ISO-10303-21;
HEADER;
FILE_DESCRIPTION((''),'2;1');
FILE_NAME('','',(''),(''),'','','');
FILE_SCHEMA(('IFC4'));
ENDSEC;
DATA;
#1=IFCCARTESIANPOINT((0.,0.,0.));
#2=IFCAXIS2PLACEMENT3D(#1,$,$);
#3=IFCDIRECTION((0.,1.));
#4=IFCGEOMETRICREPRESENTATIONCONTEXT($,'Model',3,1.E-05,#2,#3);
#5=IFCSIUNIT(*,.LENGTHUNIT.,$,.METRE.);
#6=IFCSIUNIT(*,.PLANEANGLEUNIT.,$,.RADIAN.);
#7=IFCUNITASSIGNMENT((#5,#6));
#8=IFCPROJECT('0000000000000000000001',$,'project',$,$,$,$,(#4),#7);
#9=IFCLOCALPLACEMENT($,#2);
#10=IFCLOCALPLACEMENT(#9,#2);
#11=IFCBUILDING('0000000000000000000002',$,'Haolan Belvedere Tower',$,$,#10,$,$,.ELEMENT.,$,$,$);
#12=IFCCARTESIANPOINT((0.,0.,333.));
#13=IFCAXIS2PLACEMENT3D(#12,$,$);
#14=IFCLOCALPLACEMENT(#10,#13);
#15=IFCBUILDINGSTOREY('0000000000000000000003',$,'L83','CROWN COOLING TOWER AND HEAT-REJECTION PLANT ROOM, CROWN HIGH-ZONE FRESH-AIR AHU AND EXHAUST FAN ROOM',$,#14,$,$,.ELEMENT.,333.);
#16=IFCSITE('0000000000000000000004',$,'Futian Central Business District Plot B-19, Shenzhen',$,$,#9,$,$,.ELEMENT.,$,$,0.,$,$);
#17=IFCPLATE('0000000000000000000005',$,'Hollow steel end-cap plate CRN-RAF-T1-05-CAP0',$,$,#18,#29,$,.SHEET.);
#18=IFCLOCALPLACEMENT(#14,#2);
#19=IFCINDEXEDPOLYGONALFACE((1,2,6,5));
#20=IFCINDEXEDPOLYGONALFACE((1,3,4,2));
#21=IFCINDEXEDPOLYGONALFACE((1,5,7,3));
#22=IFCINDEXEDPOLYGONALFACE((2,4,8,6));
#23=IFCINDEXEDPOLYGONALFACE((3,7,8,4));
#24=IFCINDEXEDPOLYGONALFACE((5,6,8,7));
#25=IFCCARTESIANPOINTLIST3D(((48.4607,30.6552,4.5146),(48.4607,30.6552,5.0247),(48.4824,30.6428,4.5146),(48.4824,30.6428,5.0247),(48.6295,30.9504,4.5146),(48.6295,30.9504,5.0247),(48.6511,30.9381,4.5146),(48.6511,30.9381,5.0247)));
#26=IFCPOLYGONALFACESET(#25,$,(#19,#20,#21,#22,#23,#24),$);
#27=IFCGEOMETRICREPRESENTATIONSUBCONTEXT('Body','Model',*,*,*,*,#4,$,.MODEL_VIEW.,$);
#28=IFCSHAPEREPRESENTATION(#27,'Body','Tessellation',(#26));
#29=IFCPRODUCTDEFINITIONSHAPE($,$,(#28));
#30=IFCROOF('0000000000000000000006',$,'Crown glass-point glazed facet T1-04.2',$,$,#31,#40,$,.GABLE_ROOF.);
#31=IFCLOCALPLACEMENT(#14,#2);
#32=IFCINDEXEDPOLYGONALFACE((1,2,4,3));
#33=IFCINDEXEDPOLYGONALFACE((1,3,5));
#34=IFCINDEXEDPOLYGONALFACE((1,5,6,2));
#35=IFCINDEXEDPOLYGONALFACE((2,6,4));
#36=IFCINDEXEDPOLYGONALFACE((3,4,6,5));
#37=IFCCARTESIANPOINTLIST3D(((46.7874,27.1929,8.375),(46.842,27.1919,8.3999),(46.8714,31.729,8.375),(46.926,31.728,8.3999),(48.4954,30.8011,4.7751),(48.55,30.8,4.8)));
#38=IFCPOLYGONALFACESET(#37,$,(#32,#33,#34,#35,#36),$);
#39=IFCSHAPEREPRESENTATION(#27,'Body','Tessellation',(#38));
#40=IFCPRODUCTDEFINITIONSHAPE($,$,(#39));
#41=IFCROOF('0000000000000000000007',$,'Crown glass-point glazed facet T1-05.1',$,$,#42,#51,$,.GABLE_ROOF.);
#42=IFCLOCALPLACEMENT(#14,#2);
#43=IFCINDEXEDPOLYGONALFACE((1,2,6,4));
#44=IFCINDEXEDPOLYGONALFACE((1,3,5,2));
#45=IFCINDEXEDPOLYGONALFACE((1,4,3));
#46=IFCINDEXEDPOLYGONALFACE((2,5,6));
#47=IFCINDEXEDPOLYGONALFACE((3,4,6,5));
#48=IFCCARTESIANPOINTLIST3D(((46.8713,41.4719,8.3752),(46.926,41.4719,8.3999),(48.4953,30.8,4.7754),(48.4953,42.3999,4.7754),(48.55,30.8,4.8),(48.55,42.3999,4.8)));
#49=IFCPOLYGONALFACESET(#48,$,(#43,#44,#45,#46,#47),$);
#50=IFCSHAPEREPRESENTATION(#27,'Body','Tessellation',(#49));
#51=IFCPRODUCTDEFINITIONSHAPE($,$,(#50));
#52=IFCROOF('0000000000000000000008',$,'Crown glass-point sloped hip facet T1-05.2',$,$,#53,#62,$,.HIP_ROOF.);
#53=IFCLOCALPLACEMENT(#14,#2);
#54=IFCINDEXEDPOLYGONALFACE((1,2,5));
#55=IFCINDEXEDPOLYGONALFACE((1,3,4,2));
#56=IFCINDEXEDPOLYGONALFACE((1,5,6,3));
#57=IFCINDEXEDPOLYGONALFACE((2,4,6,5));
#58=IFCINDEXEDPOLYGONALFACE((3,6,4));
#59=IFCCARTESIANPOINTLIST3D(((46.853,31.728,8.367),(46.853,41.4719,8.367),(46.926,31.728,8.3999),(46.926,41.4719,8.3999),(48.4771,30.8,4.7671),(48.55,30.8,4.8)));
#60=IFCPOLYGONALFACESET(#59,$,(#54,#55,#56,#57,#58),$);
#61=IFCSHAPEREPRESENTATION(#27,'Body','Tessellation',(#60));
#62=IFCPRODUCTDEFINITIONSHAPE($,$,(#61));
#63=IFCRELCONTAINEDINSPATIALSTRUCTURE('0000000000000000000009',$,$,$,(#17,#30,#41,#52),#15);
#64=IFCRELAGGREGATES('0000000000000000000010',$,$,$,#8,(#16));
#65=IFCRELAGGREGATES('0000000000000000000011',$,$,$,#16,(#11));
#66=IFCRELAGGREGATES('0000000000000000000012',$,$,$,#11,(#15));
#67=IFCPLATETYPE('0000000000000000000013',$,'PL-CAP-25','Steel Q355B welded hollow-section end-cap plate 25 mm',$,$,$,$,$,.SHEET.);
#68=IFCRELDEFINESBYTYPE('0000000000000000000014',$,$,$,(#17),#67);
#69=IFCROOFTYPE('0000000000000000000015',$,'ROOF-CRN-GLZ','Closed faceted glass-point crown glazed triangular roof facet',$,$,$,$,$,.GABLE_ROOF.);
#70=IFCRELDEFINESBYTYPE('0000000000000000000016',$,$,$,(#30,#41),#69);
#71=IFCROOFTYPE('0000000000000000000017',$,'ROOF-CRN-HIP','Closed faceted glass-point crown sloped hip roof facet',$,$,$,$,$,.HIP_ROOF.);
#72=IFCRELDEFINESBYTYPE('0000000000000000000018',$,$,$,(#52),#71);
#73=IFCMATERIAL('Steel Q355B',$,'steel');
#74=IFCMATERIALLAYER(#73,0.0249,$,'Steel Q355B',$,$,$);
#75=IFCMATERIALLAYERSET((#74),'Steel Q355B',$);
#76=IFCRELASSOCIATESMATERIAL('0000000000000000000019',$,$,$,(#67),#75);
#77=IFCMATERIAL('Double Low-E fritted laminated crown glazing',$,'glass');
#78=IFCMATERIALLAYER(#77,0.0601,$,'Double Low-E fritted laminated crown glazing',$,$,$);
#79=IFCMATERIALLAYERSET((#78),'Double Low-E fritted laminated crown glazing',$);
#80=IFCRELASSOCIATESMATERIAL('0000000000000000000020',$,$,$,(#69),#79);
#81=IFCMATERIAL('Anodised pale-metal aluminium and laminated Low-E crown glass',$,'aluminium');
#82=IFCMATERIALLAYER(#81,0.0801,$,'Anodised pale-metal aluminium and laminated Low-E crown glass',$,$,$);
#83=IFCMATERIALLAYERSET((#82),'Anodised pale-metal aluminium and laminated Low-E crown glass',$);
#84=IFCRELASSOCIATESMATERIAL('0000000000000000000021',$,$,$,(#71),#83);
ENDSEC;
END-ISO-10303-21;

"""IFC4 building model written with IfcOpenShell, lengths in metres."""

from ifc_helpers import new_model, si_unit, direction, frame, origin, origin_2d, place, context, subcontext, project, spatial, polyline, rectangle, outline, extrude, material, layer, layer_set, type_object, element, save


model = new_model("IFC4")

# Units and contexts
model_context = context("Model", 3, precision=1e-05, world=origin(), true_north=direction((0.0, 1.0)))
body_context = subcontext(model_context, "Body", "Model", "MODEL_VIEW")
ifc_project = project(units=[si_unit("LENGTHUNIT", "METRE"), si_unit("PLANEANGLEUNIT", "RADIAN")], contexts=[model_context])

# Site, building, storey
site_placement = place(None, origin())
site = spatial("IfcSite", under=ifc_project, at=site_placement, Name="Futian Central Business District Plot B-19, Shenzhen", CompositionType="ELEMENT", RefElevation=0.0)
building_placement = place(site_placement, origin())
building = spatial("IfcBuilding", under=site, at=building_placement, Name="Haolan Belvedere Tower", CompositionType="ELEMENT")
storey_placement = place(building_placement, frame((0.0, 0.0, 333.0)))
storey = spatial("IfcBuildingStorey", under=building, at=storey_placement, Name="L83", Description="CROWN COOLING TOWER AND HEAT-REJECTION PLANT ROOM, CROWN HIGH-ZONE FRESH-AIR AHU AND EXHAUST FAN ROOM", CompositionType="ELEMENT", Elevation=333.0)

# Plate
ifc_material_1 = material(Name="Steel Q355B", Category="steel")
ifc_layer_1 = layer(ifc_material_1, 0.0249, Name="Steel Q355B")
ifc_layer_set_1 = layer_set([ifc_layer_1], Name="Steel Q355B")
plate_type_1 = type_object("IfcPlateType", Name="PL-CAP-25", Description="Steel Q355B welded hollow-section end-cap plate 25 mm", PredefinedType="SHEET", material=ifc_layer_set_1)
plate_1_placement = place(storey_placement, frame((48.5559, 30.7966, 4.5146), z_axis=(0.0, 0.0, 1.0), x_axis=(0.496141, 0.868242, 0.0)))
element("IfcPlate", 1, at=plate_1_placement, inside=storey, type_object=plate_type_1, Name="Hollow steel end-cap plate CRN-RAF-T1-05-CAP0", PredefinedType="SHEET", context=body_context, shape_type="SweptSolid", body=[
    extrude(rectangle(XDim=0.3401, YDim=0.0249, at=origin_2d()), origin(), (0.0, 0.0, 1.0), 0.51),
])

# Roofs
ifc_material_2 = material(Name="Double Low-E fritted laminated crown glazing", Category="glass")
ifc_layer_2 = layer(ifc_material_2, 0.0601, Name="Double Low-E fritted laminated crown glazing")
ifc_layer_set_2 = layer_set([ifc_layer_2], Name="Double Low-E fritted laminated crown glazing")
roof_type_1 = type_object("IfcRoofType", Name="ROOF-CRN-GLZ", Description="Closed faceted glass-point crown glazed triangular roof facet", PredefinedType="GABLE_ROOF", material=ifc_layer_set_2)
roof_1_placement = place(storey_placement, frame((48.55, 30.8, 4.8), z_axis=(0.90977, -0.016844, 0.414772), x_axis=(-0.400322, 0.228747, 0.887365)))
element("IfcRoof", 2, at=roof_1_placement, inside=storey, type_object=roof_type_1, Name="Crown glass-point glazed facet T1-04.2", PredefinedType="GABLE_ROOF", context=body_context, shape_type="SweptSolid", body=[
    extrude(outline(polyline([(0.0, 0.0), (4.0568, 0.0), (3.0528, 4.4244), (0.0, 0.0)])), origin(), (0.0, 0.0, -1.0), 0.0601),
])
roof_2_placement = place(storey_placement, frame((48.55, 30.8, 4.8), z_axis=(0.911534, 0.0, 0.411226), x_axis=(0.0, 1.0, 0.0)))
element("IfcRoof", 3, at=roof_2_placement, inside=storey, type_object=roof_type_1, Name="Crown glass-point glazed facet T1-05.1", PredefinedType="GABLE_ROOF", context=body_context, shape_type="SweptSolid", body=[
    extrude(outline(polyline([(0.0, 0.0), (11.5999, 0.0), (10.6719, 3.9492), (0.0, 0.0)])), origin(), (0.0, 0.0, -1.0), 0.0601),
])
ifc_material_3 = material(Name="Anodised pale-metal aluminium and laminated Low-E crown glass", Category="aluminium")
ifc_layer_3 = layer(ifc_material_3, 0.0801, Name="Anodised pale-metal aluminium and laminated Low-E crown glass")
ifc_layer_set_3 = layer_set([ifc_layer_3], Name="Anodised pale-metal aluminium and laminated Low-E crown glass")
roof_type_2 = type_object("IfcRoofType", Name="ROOF-CRN-HIP", Description="Closed faceted glass-point crown sloped hip roof facet", PredefinedType="HIP_ROOF", material=ifc_layer_set_3)
roof_3_placement = place(storey_placement, frame((48.55, 30.8, 4.8), z_axis=(0.911534, 0.0, 0.411226), x_axis=(-0.142719, 0.937844, 0.316355)))
element("IfcRoof", 4, at=roof_3_placement, inside=storey, type_object=roof_type_2, Name="Crown glass-point sloped hip facet T1-05.2", PredefinedType="HIP_ROOF", context=body_context, shape_type="SweptSolid", body=[
    extrude(outline(polyline([(0.0, 0.0), (11.3792, 0.0), (2.2409, 3.3817), (0.0, 0.0)])), origin(), (0.0, 0.0, -1.0), 0.0801),
])

save(model, "model.ifc")
